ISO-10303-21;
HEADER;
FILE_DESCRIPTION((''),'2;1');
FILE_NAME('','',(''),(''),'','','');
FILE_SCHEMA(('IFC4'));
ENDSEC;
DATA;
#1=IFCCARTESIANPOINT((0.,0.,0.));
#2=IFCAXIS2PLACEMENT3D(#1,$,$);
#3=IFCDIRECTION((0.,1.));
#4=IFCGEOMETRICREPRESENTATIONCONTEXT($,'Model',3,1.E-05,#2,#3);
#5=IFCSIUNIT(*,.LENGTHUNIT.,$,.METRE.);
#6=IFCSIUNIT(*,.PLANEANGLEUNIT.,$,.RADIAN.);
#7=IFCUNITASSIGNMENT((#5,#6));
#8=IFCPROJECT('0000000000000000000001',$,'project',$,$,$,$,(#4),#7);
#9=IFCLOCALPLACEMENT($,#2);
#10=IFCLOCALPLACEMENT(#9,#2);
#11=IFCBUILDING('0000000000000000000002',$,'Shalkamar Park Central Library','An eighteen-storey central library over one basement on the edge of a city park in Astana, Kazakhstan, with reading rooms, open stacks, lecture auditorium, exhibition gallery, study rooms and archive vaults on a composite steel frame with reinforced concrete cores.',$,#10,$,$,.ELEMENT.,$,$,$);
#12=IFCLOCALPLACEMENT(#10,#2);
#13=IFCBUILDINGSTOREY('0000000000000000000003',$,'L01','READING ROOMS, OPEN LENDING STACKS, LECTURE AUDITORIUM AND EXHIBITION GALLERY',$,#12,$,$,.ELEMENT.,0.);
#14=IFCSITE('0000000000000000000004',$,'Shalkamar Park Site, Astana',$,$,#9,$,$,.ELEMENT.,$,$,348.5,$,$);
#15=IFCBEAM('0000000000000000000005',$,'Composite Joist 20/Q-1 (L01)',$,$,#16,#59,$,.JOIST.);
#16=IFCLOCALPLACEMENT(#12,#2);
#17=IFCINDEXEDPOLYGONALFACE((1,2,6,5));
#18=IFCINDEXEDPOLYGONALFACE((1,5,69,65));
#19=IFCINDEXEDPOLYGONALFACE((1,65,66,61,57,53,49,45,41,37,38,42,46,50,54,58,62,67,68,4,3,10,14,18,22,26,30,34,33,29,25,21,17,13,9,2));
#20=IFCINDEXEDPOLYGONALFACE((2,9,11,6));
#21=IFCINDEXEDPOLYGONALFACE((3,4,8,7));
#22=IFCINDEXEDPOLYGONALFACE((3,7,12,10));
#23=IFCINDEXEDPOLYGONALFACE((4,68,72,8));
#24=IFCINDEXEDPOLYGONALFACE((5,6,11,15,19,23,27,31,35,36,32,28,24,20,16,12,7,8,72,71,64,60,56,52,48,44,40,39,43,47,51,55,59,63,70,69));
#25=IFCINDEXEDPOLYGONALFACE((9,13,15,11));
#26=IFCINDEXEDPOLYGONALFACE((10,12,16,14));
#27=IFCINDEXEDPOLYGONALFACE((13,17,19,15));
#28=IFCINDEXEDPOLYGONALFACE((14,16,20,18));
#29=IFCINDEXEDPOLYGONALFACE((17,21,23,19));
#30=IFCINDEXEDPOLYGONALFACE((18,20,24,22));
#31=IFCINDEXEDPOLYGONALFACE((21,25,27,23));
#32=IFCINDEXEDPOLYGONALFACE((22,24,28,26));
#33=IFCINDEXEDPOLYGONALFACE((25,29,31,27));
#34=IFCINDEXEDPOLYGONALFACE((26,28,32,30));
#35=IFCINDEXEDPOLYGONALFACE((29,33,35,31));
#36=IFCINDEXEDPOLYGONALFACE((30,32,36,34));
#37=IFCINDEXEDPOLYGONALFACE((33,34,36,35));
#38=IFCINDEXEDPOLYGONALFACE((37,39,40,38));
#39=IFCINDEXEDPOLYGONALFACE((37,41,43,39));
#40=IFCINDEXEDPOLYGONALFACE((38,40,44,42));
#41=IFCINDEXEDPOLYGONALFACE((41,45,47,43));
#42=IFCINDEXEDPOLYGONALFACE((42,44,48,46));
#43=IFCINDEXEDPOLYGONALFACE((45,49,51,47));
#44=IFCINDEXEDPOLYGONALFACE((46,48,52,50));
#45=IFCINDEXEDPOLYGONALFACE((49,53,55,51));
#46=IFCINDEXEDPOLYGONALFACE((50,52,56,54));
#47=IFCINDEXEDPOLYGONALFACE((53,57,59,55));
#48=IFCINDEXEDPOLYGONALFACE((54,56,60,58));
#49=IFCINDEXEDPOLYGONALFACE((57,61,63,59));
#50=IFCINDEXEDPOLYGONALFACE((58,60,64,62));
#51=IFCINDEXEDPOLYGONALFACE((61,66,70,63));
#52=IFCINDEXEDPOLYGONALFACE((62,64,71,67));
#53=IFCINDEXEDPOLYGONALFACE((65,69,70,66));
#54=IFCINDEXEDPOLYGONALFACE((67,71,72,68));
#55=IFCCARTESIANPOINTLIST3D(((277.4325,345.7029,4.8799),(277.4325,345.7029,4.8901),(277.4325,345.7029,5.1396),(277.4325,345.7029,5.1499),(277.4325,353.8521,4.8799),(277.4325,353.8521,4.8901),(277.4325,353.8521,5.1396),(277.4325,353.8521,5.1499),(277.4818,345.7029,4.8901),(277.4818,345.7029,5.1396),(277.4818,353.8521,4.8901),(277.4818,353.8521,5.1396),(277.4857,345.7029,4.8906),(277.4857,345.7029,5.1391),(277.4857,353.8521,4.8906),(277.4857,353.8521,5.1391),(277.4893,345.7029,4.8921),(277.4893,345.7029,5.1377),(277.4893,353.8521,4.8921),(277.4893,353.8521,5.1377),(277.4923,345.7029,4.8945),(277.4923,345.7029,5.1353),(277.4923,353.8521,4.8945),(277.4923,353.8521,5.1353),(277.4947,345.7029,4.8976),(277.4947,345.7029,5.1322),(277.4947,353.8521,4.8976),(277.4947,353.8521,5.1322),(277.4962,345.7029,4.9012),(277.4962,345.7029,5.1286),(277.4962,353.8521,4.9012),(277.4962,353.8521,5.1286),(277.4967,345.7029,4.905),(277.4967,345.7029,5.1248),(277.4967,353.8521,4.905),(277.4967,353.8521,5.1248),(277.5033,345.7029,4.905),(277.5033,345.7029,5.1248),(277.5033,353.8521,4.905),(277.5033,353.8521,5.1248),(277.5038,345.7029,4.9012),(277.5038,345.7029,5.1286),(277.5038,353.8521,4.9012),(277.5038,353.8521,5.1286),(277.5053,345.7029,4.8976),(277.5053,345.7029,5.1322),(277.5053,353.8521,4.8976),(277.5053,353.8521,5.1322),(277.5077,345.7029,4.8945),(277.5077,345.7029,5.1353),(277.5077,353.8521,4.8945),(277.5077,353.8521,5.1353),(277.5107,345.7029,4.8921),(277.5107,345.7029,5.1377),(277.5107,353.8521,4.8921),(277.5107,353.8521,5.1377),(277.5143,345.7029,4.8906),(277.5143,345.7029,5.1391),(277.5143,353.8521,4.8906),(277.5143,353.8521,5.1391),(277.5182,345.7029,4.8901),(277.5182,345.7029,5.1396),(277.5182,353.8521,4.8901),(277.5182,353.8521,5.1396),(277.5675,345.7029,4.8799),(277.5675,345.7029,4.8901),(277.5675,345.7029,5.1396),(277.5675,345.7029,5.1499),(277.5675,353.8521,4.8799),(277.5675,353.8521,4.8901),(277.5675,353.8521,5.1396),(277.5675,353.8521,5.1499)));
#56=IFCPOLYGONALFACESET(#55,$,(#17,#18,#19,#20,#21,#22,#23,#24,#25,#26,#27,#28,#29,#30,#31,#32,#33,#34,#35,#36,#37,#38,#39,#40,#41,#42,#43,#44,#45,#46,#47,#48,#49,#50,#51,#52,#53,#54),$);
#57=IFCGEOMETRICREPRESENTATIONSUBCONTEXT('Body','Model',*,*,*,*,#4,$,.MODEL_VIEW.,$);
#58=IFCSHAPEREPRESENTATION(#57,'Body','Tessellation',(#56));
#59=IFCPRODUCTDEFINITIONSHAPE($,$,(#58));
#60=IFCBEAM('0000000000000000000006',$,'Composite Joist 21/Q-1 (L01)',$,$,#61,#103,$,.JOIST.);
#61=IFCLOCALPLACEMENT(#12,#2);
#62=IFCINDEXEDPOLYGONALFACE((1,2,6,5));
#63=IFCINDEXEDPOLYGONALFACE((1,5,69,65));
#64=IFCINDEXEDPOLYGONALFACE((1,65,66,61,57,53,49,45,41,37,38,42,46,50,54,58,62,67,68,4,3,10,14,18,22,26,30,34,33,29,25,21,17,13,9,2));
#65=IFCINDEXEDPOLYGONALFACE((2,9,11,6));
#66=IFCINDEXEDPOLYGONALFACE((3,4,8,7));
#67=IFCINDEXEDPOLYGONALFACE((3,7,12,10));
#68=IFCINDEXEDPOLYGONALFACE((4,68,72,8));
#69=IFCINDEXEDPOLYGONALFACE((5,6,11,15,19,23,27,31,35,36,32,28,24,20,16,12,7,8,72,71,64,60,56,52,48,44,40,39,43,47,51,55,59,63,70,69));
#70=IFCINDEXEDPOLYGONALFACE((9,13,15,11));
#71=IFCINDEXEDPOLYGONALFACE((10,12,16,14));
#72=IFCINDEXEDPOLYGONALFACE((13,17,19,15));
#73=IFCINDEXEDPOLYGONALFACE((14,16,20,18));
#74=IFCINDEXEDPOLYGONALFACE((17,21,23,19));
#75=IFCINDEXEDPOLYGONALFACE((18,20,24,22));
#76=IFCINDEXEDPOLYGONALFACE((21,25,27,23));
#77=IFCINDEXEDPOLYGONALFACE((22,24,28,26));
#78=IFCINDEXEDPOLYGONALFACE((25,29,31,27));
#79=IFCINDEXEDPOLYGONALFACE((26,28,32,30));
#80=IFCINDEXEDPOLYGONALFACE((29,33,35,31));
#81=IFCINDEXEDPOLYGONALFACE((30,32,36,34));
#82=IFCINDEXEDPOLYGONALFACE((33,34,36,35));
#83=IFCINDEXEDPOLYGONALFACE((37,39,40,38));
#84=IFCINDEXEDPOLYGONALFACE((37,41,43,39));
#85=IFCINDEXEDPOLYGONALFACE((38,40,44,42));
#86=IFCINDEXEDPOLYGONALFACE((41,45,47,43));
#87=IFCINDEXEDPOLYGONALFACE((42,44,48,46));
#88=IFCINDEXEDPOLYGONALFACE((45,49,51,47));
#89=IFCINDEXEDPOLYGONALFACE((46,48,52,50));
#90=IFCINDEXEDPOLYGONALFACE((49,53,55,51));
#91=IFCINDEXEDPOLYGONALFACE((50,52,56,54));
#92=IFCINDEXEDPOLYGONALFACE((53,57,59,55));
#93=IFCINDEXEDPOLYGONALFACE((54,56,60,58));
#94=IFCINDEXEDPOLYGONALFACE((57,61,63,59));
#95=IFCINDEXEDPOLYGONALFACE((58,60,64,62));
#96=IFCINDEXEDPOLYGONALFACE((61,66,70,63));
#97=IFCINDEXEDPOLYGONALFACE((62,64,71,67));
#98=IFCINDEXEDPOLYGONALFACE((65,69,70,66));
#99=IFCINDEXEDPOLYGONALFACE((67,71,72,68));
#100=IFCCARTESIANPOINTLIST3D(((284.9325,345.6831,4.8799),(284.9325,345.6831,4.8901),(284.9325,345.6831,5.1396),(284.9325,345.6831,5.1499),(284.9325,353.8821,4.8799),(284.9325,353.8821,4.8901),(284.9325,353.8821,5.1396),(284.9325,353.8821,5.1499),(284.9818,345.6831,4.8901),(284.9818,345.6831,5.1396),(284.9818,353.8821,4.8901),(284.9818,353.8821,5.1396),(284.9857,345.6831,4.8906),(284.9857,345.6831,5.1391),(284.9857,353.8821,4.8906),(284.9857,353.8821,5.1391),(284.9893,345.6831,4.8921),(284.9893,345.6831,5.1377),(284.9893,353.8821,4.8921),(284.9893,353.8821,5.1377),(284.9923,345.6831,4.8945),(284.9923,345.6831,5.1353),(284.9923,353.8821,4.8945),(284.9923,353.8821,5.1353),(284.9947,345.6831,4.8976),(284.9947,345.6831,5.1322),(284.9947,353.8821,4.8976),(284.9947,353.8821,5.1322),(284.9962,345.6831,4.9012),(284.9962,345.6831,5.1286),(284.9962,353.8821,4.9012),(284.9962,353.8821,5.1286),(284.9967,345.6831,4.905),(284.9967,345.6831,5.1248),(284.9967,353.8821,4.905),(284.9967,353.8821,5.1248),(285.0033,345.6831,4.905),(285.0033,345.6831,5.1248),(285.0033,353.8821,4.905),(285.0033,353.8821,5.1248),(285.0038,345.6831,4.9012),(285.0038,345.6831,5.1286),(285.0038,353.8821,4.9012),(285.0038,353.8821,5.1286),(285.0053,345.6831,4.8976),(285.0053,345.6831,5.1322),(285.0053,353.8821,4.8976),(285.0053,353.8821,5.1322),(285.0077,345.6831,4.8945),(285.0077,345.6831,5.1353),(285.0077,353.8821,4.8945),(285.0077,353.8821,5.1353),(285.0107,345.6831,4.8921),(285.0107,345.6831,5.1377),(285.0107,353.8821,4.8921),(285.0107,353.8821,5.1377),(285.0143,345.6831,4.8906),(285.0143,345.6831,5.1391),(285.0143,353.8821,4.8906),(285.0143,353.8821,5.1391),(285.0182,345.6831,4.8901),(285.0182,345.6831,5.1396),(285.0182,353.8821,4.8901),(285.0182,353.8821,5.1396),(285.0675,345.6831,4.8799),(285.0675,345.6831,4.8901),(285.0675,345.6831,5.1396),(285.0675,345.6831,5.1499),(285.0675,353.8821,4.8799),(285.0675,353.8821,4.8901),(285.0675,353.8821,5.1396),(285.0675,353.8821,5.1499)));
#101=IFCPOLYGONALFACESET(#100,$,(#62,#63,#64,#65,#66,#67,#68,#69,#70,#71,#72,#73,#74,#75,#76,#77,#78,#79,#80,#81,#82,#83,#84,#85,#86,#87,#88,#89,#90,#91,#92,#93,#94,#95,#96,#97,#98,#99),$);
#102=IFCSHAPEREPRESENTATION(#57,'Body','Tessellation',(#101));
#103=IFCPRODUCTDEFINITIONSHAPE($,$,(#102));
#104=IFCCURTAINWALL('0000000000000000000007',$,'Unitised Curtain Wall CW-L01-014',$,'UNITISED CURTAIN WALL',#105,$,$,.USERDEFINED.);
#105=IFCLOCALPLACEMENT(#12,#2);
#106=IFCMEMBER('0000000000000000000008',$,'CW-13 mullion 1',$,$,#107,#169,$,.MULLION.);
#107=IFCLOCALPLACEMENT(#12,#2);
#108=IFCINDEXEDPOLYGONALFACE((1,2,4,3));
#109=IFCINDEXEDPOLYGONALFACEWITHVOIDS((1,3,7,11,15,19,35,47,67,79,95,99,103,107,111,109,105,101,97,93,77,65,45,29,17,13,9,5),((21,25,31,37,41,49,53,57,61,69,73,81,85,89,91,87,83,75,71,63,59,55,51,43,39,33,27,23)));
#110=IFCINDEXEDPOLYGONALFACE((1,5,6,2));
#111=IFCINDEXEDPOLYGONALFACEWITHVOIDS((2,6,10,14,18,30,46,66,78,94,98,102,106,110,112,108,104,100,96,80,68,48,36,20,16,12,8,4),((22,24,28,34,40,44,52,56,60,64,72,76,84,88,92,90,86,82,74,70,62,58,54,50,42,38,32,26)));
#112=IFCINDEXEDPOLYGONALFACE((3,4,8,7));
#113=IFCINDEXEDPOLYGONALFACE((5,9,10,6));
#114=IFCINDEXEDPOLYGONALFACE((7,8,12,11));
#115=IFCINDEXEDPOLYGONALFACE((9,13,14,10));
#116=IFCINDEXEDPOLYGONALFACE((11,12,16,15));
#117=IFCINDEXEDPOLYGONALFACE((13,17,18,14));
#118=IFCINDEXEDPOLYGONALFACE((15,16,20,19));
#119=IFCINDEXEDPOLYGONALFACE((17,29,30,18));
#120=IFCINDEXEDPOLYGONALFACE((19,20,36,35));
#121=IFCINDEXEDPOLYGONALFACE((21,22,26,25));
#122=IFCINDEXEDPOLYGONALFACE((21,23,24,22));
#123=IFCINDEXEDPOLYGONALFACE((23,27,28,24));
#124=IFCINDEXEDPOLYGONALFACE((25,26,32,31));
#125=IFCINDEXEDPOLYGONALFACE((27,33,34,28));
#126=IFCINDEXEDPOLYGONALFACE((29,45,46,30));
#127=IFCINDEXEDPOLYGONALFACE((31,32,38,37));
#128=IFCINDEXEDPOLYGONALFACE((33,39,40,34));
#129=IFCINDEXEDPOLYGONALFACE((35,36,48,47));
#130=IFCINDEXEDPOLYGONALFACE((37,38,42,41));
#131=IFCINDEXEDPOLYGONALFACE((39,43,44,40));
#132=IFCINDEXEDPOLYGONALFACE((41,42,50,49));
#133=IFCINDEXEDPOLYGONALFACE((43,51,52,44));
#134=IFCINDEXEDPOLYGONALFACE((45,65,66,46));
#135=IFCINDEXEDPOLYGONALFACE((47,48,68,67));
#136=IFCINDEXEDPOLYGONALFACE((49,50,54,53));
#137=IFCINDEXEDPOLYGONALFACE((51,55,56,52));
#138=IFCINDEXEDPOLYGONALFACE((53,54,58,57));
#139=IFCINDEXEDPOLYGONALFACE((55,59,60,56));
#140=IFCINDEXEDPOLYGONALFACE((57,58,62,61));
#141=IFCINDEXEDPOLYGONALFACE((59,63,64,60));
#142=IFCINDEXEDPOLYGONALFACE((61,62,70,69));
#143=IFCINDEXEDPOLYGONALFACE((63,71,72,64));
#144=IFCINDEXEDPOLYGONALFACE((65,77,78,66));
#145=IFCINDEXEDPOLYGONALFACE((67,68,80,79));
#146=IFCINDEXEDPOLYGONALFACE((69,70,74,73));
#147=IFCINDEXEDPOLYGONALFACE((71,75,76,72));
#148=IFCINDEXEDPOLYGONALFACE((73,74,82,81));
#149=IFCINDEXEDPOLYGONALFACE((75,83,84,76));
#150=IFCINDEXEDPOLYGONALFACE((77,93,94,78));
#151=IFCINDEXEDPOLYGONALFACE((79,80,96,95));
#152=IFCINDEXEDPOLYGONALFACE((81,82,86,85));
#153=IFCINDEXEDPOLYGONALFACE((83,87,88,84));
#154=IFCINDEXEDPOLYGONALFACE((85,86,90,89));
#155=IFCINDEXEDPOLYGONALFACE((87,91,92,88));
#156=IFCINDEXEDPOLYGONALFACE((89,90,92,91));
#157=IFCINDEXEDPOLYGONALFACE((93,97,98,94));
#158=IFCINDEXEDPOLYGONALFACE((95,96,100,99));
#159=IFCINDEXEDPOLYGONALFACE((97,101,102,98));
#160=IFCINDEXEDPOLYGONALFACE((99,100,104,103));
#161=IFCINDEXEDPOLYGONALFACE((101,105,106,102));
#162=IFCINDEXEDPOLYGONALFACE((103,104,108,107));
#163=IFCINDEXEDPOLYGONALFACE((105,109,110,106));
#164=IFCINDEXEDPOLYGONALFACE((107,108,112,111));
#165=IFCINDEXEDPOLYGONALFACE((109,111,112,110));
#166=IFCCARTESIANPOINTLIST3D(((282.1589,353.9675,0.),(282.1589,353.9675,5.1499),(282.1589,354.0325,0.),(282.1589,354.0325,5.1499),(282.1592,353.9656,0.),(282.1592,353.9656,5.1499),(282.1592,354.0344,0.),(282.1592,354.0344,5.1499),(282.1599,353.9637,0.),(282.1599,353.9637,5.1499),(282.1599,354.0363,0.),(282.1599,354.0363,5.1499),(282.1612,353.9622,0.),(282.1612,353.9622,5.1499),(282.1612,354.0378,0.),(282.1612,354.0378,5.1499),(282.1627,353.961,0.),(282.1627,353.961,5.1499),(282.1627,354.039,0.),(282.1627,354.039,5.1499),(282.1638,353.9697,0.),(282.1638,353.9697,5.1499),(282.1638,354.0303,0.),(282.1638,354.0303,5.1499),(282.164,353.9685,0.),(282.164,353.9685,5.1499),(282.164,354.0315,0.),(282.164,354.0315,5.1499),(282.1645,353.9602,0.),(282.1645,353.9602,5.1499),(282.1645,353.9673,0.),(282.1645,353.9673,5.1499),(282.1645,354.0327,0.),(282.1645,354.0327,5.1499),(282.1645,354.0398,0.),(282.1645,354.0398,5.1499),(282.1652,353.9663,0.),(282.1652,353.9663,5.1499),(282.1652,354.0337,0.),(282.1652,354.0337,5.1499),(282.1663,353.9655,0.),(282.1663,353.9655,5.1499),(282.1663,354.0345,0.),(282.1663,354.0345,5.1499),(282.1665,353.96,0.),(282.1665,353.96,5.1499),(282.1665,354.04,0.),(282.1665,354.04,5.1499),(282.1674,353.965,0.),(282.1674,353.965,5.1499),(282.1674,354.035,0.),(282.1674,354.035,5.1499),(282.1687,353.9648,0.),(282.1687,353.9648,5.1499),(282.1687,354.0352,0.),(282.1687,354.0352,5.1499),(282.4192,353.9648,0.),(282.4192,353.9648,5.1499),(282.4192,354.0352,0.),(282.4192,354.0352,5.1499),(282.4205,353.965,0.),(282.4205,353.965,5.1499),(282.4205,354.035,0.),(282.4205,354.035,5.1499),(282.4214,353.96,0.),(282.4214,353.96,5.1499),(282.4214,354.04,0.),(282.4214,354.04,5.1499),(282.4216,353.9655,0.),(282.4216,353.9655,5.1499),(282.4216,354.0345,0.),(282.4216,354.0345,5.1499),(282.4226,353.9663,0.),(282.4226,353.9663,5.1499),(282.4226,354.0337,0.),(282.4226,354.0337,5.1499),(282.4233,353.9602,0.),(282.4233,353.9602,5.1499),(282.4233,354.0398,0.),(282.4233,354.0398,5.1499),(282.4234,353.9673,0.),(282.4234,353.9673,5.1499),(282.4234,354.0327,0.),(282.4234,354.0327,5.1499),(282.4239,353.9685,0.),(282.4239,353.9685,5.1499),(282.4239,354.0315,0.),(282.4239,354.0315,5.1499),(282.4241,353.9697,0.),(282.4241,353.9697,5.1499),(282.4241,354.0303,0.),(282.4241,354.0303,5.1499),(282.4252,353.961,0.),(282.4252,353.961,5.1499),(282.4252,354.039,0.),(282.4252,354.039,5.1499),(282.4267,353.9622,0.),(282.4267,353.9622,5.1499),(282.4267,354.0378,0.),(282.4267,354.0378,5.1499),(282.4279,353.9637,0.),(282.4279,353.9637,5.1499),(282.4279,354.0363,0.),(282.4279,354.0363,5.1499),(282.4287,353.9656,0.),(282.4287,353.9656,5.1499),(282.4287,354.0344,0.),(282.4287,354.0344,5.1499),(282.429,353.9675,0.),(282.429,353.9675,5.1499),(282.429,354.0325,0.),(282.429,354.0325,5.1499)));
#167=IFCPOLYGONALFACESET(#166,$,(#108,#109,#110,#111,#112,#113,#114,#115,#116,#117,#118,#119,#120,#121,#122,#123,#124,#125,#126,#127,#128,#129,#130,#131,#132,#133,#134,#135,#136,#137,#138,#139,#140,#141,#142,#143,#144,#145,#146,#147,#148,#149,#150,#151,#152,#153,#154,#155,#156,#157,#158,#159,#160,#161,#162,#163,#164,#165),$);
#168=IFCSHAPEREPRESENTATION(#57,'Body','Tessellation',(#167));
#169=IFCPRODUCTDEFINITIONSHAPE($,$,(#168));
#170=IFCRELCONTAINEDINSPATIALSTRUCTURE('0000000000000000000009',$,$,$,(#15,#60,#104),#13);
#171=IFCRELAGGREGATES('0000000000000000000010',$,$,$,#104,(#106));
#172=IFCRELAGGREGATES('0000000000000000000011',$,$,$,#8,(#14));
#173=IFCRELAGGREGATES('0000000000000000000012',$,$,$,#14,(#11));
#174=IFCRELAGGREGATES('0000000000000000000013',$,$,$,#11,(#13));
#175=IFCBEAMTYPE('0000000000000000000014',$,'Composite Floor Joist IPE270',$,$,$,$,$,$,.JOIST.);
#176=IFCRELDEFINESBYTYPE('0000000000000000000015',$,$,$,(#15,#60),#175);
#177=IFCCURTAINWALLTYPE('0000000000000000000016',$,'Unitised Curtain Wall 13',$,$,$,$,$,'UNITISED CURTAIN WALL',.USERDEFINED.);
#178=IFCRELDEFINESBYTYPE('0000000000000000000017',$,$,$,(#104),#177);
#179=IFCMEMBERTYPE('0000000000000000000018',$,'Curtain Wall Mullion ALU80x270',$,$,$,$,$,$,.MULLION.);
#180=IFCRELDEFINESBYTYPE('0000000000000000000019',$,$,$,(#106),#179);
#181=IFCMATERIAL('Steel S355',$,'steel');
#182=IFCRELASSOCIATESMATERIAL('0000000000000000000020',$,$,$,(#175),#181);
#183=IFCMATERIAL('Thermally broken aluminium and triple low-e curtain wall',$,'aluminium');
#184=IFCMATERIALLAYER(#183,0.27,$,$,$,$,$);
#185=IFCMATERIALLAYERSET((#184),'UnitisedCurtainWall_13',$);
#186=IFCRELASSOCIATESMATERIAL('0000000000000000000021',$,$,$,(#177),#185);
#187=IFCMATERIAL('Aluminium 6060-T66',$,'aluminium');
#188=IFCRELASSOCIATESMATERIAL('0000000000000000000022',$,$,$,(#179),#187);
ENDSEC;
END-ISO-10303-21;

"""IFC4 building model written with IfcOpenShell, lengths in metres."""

from ifc_helpers import new_model, si_unit, direction, frame, origin, origin_2d, place, context, subcontext, project, spatial, hollow_rectangle, i_section, extrude, material, layer, layer_set, material_profile, profile_set, type_object, element, aggregate, save


model = new_model("IFC4")

# Units and contexts
model_context = context("Model", 3, precision=1e-05, world=origin(), true_north=direction((0.0, 1.0)))
body_context = subcontext(model_context, "Body", "Model", "MODEL_VIEW")
ifc_project = project(units=[si_unit("LENGTHUNIT", "METRE"), si_unit("PLANEANGLEUNIT", "RADIAN")], contexts=[model_context])

# Site, building, storey
site_placement = place(None, origin())
site = spatial("IfcSite", under=ifc_project, at=site_placement, Name="Shalkamar Park Site, Astana", CompositionType="ELEMENT", RefElevation=348.5)
building_placement = place(site_placement, origin())
building = spatial("IfcBuilding", under=site, at=building_placement, Name="Shalkamar Park Central Library", Description="An eighteen-storey central library over one basement on the edge of a city park in Astana, Kazakhstan, with reading rooms, open stacks, lecture auditorium, exhibition gallery, study rooms and archive vaults on a composite steel frame with reinforced concrete cores.", CompositionType="ELEMENT")
storey_placement = place(building_placement, origin())
storey = spatial("IfcBuildingStorey", under=building, at=storey_placement, Name="L01", Description="READING ROOMS, OPEN LENDING STACKS, LECTURE AUDITORIUM AND EXHIBITION GALLERY", CompositionType="ELEMENT", Elevation=0.0)

# Shared definitions
ifc_material_1 = material(Name="Steel S355", Category="steel")

# Beams
ifc_material_profile_1 = material_profile(ifc_material_1, i_section(OverallWidth=0.135, OverallDepth=0.27, WebThickness=0.0066, FlangeThickness=0.0103, FilletRadius=0.0149, at=origin_2d()), Name="IPE 270")
ifc_profile_set_1 = profile_set([ifc_material_profile_1], Name="Steel S355")
beam_type_1 = type_object("IfcBeamType", Name="Composite Floor Joist IPE270", PredefinedType="JOIST", material=ifc_profile_set_1)
beam_1_placement = place(storey_placement, frame((277.5, 345.7029, 5.0149), z_axis=(0.0, 1.0, 0.0), x_axis=(-1.0, 0.0, 0.0)))
element("IfcBeam", 1, at=beam_1_placement, inside=storey, type_object=beam_type_1, Name="Composite Joist 20/Q-1 (L01)", PredefinedType="JOIST", context=body_context, shape_type="SweptSolid", body=[
    extrude(i_section(OverallWidth=0.135, OverallDepth=0.27, WebThickness=0.0066, FlangeThickness=0.0103, FilletRadius=0.0149, at=origin_2d()), origin(), (0.0, 0.0, 1.0), 8.1492),
])
beam_2_placement = place(storey_placement, frame((285.0, 345.6831, 5.0149), z_axis=(0.0, 1.0, 0.0), x_axis=(-1.0, 0.0, 0.0)))
element("IfcBeam", 2, at=beam_2_placement, inside=storey, type_object=beam_type_1, Name="Composite Joist 21/Q-1 (L01)", PredefinedType="JOIST", context=body_context, shape_type="SweptSolid", body=[
    extrude(i_section(OverallWidth=0.135, OverallDepth=0.27, WebThickness=0.0066, FlangeThickness=0.0103, FilletRadius=0.0149, at=origin_2d()), origin(), (0.0, 0.0, 1.0), 8.199),
])

# Curtain wall, member
ifc_material_2 = material(Name="Thermally broken aluminium and triple low-e curtain wall", Category="aluminium")
ifc_layer_1 = layer(ifc_material_2, 0.27)
ifc_layer_set_1 = layer_set([ifc_layer_1], Name="UnitisedCurtainWall_13")
curtain_wall_type = type_object("IfcCurtainWallType", Name="Unitised Curtain Wall 13", ElementType="UNITISED CURTAIN WALL", PredefinedType="USERDEFINED", material=ifc_layer_set_1)
curtain_wall_placement = place(storey_placement, origin())
curtain_wall = element("IfcCurtainWall", 3, at=curtain_wall_placement, inside=storey, type_object=curtain_wall_type, Name="Unitised Curtain Wall CW-L01-014", ObjectType="UNITISED CURTAIN WALL", PredefinedType="USERDEFINED")
ifc_material_3 = material(Name="Aluminium 6060-T66", Category="aluminium")
ifc_material_profile_2 = material_profile(ifc_material_3, hollow_rectangle(XDim=0.0801, YDim=0.27, WallThickness=0.0049, InnerFilletRadius=0.0049, OuterFilletRadius=0.0076, at=origin_2d()), Name="ALU 80x270x5")
ifc_profile_set_2 = profile_set([ifc_material_profile_2], Name="Aluminium 6060-T66")
member_type_1 = type_object("IfcMemberType", Name="Curtain Wall Mullion ALU80x270", PredefinedType="MULLION", material=ifc_profile_set_2)
member_1_placement = place(storey_placement, frame((282.2939, 354.0, 0.0), z_axis=(0.0, 0.0, 1.0), x_axis=(0.0, 1.0, 0.0)))
member_1 = element("IfcMember", 4, at=member_1_placement, type_object=member_type_1, Name="CW-13 mullion 1", PredefinedType="MULLION", context=body_context, shape_type="SweptSolid", body=[
    extrude(hollow_rectangle(XDim=0.0801, YDim=0.27, WallThickness=0.0049, InnerFilletRadius=0.0049, OuterFilletRadius=0.0076, at=origin_2d()), origin(), (0.0, 0.0, 1.0), 5.1499),
])

aggregate(curtain_wall, [member_1])

save(model, "model.ifc")
